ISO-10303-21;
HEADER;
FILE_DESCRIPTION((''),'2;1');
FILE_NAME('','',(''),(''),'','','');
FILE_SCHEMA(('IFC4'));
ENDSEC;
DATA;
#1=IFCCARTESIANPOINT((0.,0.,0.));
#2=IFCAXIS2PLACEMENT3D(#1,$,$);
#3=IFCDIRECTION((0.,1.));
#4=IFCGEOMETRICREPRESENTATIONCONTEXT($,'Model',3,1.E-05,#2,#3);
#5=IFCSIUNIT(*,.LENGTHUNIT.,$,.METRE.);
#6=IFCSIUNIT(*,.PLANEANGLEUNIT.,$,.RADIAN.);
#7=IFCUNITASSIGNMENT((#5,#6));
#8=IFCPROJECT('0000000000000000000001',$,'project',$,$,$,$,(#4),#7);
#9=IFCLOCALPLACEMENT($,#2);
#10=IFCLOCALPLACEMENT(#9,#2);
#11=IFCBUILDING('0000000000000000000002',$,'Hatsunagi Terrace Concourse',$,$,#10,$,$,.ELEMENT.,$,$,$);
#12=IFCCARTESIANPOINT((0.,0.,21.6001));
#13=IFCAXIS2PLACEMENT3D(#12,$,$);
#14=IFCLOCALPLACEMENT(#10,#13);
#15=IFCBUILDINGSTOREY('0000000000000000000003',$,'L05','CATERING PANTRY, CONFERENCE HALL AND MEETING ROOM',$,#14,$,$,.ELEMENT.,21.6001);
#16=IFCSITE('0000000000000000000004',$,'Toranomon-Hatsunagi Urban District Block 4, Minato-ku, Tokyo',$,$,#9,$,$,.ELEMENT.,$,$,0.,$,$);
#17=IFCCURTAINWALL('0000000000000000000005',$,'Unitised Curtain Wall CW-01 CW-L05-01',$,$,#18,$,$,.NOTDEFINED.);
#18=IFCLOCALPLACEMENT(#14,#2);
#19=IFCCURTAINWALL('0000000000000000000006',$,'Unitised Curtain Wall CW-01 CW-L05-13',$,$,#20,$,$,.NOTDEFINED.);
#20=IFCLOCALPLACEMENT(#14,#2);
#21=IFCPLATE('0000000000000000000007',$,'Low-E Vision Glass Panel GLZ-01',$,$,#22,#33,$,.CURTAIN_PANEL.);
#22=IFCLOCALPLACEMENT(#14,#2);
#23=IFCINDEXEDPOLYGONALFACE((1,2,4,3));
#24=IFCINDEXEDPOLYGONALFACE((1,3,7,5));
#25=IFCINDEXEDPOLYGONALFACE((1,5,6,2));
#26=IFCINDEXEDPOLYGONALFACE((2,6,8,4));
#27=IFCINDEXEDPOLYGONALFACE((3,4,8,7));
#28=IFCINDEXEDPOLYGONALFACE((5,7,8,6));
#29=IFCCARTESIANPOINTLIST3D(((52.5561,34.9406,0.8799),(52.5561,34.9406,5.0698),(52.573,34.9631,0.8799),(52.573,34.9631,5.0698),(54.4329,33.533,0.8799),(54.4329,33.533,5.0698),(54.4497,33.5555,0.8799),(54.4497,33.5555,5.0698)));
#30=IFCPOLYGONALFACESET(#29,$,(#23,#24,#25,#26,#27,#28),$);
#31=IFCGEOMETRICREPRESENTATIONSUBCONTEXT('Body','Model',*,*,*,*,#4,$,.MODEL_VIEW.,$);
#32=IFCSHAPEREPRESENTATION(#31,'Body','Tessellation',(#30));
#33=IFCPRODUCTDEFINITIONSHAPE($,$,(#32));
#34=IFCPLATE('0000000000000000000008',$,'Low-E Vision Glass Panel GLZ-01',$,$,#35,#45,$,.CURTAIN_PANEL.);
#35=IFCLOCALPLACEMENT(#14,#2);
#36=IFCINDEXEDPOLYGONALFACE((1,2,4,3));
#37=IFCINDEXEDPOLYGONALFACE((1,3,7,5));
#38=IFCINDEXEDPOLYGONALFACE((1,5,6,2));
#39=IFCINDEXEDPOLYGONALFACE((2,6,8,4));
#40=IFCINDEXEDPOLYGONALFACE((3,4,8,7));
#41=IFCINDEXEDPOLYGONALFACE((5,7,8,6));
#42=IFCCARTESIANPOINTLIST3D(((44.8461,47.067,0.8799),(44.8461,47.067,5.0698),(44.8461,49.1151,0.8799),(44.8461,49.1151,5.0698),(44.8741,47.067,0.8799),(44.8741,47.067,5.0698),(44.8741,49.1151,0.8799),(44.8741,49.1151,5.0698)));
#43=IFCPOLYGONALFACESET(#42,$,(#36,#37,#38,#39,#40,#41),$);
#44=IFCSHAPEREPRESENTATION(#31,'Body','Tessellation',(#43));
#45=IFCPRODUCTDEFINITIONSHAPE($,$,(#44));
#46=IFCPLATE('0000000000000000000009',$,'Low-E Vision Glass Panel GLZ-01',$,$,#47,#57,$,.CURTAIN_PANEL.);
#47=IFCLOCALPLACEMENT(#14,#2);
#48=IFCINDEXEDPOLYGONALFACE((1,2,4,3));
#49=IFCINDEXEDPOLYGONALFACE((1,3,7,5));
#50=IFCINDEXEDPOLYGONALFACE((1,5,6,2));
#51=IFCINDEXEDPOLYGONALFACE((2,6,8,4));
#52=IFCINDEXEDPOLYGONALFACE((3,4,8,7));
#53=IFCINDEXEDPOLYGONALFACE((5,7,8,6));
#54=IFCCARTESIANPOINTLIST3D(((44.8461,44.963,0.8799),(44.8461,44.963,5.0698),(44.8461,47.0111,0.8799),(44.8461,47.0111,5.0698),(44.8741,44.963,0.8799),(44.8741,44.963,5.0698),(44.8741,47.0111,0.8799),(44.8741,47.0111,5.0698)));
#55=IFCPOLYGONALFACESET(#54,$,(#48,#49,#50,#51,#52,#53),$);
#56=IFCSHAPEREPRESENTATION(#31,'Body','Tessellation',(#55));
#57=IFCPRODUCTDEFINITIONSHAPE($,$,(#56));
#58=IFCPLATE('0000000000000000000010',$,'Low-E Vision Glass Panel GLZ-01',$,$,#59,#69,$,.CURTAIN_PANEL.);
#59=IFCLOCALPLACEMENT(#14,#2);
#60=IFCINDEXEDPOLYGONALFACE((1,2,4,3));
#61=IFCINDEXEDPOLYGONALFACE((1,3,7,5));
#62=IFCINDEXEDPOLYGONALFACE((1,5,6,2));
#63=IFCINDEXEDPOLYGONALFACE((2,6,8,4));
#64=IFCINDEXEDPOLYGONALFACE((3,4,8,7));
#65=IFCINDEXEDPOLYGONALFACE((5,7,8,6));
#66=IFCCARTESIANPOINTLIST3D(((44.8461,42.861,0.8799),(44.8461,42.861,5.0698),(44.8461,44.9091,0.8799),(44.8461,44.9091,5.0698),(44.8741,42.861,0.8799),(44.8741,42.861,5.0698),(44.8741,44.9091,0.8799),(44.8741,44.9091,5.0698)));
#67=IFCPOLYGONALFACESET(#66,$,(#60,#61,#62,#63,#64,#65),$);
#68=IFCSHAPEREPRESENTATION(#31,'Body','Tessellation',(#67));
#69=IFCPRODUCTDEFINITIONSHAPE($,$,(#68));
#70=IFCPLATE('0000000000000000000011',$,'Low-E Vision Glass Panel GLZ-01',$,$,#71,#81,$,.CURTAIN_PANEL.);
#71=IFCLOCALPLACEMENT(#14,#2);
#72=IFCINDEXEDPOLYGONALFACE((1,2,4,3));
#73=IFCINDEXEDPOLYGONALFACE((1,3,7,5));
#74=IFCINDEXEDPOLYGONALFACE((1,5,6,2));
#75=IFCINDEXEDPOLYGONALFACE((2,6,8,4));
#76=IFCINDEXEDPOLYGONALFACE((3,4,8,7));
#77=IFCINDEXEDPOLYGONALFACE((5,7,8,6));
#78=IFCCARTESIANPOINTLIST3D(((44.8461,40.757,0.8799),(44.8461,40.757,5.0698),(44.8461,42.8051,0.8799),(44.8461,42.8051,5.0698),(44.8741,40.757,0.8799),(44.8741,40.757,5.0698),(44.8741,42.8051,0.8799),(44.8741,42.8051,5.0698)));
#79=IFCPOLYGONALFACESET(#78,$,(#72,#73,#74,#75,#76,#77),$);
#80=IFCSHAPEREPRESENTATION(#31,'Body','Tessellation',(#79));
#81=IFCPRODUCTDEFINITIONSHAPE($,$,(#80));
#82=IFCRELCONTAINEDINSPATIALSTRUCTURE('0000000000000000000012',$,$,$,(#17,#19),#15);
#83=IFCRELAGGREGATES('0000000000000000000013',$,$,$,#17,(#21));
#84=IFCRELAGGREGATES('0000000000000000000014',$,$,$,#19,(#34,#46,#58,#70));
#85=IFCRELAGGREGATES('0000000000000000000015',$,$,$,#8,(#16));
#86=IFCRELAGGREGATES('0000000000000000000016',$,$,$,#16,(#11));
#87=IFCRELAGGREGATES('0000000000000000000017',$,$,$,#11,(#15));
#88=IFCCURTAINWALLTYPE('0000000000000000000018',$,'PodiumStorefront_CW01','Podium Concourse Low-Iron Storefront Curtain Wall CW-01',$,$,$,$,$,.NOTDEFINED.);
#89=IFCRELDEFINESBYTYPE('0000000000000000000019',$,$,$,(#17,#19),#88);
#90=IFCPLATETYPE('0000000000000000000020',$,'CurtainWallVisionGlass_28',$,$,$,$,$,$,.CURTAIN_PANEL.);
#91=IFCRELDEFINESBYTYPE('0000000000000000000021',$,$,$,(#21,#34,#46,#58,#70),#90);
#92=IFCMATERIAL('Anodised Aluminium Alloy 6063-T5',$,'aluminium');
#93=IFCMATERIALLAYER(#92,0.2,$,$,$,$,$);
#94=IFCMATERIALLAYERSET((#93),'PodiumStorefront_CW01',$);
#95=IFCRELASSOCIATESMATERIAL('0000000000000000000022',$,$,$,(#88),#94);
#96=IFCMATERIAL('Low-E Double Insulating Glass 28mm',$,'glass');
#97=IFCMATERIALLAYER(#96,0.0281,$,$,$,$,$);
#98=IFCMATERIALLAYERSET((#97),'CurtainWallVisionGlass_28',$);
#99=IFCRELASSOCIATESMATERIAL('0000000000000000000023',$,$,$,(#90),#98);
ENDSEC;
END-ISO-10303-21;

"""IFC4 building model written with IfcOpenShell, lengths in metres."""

from ifc_helpers import new_model, si_unit, direction, frame, origin, origin_2d, place, context, subcontext, project, spatial, rectangle, extrude, material, layer, layer_set, type_object, element, aggregate, save


model = new_model("IFC4")

# Units and contexts
model_context = context("Model", 3, precision=1e-05, world=origin(), true_north=direction((0.0, 1.0)))
body_context = subcontext(model_context, "Body", "Model", "MODEL_VIEW")
ifc_project = project(units=[si_unit("LENGTHUNIT", "METRE"), si_unit("PLANEANGLEUNIT", "RADIAN")], contexts=[model_context])

# Site, building, storey
site_placement = place(None, origin())
site = spatial("IfcSite", under=ifc_project, at=site_placement, Name="Toranomon-Hatsunagi Urban District Block 4, Minato-ku, Tokyo", CompositionType="ELEMENT", RefElevation=0.0)
building_placement = place(site_placement, origin())
building = spatial("IfcBuilding", under=site, at=building_placement, Name="Hatsunagi Terrace Concourse", CompositionType="ELEMENT")
storey_placement = place(building_placement, frame((0.0, 0.0, 21.6001)))
storey = spatial("IfcBuildingStorey", under=building, at=storey_placement, Name="L05", Description="CATERING PANTRY, CONFERENCE HALL AND MEETING ROOM", CompositionType="ELEMENT", Elevation=21.6001)

# Curtain walls
ifc_material_1 = material(Name="Anodised Aluminium Alloy 6063-T5", Category="aluminium")
ifc_layer_1 = layer(ifc_material_1, 0.2)
ifc_layer_set_1 = layer_set([ifc_layer_1], Name="PodiumStorefront_CW01")
curtain_wall_type = type_object("IfcCurtainWallType", Name="PodiumStorefront_CW01", Description="Podium Concourse Low-Iron Storefront Curtain Wall CW-01", PredefinedType="NOTDEFINED", material=ifc_layer_set_1)
curtain_wall_1_placement = place(storey_placement, origin())
curtain_wall_1 = element("IfcCurtainWall", 1, at=curtain_wall_1_placement, inside=storey, type_object=curtain_wall_type, Name="Unitised Curtain Wall CW-01 CW-L05-01", PredefinedType="NOTDEFINED")
curtain_wall_2_placement = place(storey_placement, origin())
curtain_wall_2 = element("IfcCurtainWall", 2, at=curtain_wall_2_placement, inside=storey, type_object=curtain_wall_type, Name="Unitised Curtain Wall CW-01 CW-L05-13", PredefinedType="NOTDEFINED")

# Plates
ifc_material_2 = material(Name="Low-E Double Insulating Glass 28mm", Category="glass")
ifc_layer_2 = layer(ifc_material_2, 0.0281)
ifc_layer_set_2 = layer_set([ifc_layer_2], Name="CurtainWallVisionGlass_28")
plate_type_1 = type_object("IfcPlateType", Name="CurtainWallVisionGlass_28", PredefinedType="CURTAIN_PANEL", material=ifc_layer_set_2)
plate_1_placement = place(storey_placement, frame((53.5029, 34.248, 0.8799), z_axis=(0.0, 0.0, 1.0), x_axis=(0.800007, -0.59999, 0.0)))
plate_1 = element("IfcPlate", 3, at=plate_1_placement, type_object=plate_type_1, Name="Low-E Vision Glass Panel GLZ-01", PredefinedType="CURTAIN_PANEL", context=body_context, shape_type="SweptSolid", body=[
    extrude(rectangle(XDim=2.3459, YDim=0.0281, at=origin_2d()), origin(), (0.0, 0.0, 1.0), 4.1899),
])
aggregate(curtain_wall_1, [plate_1])
plate_2_placement = place(storey_placement, frame((44.8601, 48.0911, 0.8799), z_axis=(0.0, 0.0, 1.0), x_axis=(0.0, -1.0, 0.0)))
plate_2 = element("IfcPlate", 4, at=plate_2_placement, type_object=plate_type_1, Name="Low-E Vision Glass Panel GLZ-01", PredefinedType="CURTAIN_PANEL", context=body_context, shape_type="SweptSolid", body=[
    extrude(rectangle(XDim=2.0481, YDim=0.0281, at=origin_2d()), origin(), (0.0, 0.0, 1.0), 4.1899),
])
plate_3_placement = place(storey_placement, frame((44.8601, 45.9871, 0.8799), z_axis=(0.0, 0.0, 1.0), x_axis=(0.0, -1.0, 0.0)))
plate_3 = element("IfcPlate", 5, at=plate_3_placement, type_object=plate_type_1, Name="Low-E Vision Glass Panel GLZ-01", PredefinedType="CURTAIN_PANEL", context=body_context, shape_type="SweptSolid", body=[
    extrude(rectangle(XDim=2.0481, YDim=0.0281, at=origin_2d()), origin(), (0.0, 0.0, 1.0), 4.1899),
])
plate_4_placement = place(storey_placement, frame((44.8601, 43.885, 0.8799), z_axis=(0.0, 0.0, 1.0), x_axis=(0.0, -1.0, 0.0)))
plate_4 = element("IfcPlate", 6, at=plate_4_placement, type_object=plate_type_1, Name="Low-E Vision Glass Panel GLZ-01", PredefinedType="CURTAIN_PANEL", context=body_context, shape_type="SweptSolid", body=[
    extrude(rectangle(XDim=2.0481, YDim=0.0281, at=origin_2d()), origin(), (0.0, 0.0, 1.0), 4.1899),
])
plate_5_placement = place(storey_placement, frame((44.8601, 41.781, 0.8799), z_axis=(0.0, 0.0, 1.0), x_axis=(0.0, -1.0, 0.0)))
plate_5 = element("IfcPlate", 7, at=plate_5_placement, type_object=plate_type_1, Name="Low-E Vision Glass Panel GLZ-01", PredefinedType="CURTAIN_PANEL", context=body_context, shape_type="SweptSolid", body=[
    extrude(rectangle(XDim=2.0481, YDim=0.0281, at=origin_2d()), origin(), (0.0, 0.0, 1.0), 4.1899),
])
aggregate(curtain_wall_2, [plate_2, plate_3, plate_4, plate_5])

save(model, "model.ifc")
